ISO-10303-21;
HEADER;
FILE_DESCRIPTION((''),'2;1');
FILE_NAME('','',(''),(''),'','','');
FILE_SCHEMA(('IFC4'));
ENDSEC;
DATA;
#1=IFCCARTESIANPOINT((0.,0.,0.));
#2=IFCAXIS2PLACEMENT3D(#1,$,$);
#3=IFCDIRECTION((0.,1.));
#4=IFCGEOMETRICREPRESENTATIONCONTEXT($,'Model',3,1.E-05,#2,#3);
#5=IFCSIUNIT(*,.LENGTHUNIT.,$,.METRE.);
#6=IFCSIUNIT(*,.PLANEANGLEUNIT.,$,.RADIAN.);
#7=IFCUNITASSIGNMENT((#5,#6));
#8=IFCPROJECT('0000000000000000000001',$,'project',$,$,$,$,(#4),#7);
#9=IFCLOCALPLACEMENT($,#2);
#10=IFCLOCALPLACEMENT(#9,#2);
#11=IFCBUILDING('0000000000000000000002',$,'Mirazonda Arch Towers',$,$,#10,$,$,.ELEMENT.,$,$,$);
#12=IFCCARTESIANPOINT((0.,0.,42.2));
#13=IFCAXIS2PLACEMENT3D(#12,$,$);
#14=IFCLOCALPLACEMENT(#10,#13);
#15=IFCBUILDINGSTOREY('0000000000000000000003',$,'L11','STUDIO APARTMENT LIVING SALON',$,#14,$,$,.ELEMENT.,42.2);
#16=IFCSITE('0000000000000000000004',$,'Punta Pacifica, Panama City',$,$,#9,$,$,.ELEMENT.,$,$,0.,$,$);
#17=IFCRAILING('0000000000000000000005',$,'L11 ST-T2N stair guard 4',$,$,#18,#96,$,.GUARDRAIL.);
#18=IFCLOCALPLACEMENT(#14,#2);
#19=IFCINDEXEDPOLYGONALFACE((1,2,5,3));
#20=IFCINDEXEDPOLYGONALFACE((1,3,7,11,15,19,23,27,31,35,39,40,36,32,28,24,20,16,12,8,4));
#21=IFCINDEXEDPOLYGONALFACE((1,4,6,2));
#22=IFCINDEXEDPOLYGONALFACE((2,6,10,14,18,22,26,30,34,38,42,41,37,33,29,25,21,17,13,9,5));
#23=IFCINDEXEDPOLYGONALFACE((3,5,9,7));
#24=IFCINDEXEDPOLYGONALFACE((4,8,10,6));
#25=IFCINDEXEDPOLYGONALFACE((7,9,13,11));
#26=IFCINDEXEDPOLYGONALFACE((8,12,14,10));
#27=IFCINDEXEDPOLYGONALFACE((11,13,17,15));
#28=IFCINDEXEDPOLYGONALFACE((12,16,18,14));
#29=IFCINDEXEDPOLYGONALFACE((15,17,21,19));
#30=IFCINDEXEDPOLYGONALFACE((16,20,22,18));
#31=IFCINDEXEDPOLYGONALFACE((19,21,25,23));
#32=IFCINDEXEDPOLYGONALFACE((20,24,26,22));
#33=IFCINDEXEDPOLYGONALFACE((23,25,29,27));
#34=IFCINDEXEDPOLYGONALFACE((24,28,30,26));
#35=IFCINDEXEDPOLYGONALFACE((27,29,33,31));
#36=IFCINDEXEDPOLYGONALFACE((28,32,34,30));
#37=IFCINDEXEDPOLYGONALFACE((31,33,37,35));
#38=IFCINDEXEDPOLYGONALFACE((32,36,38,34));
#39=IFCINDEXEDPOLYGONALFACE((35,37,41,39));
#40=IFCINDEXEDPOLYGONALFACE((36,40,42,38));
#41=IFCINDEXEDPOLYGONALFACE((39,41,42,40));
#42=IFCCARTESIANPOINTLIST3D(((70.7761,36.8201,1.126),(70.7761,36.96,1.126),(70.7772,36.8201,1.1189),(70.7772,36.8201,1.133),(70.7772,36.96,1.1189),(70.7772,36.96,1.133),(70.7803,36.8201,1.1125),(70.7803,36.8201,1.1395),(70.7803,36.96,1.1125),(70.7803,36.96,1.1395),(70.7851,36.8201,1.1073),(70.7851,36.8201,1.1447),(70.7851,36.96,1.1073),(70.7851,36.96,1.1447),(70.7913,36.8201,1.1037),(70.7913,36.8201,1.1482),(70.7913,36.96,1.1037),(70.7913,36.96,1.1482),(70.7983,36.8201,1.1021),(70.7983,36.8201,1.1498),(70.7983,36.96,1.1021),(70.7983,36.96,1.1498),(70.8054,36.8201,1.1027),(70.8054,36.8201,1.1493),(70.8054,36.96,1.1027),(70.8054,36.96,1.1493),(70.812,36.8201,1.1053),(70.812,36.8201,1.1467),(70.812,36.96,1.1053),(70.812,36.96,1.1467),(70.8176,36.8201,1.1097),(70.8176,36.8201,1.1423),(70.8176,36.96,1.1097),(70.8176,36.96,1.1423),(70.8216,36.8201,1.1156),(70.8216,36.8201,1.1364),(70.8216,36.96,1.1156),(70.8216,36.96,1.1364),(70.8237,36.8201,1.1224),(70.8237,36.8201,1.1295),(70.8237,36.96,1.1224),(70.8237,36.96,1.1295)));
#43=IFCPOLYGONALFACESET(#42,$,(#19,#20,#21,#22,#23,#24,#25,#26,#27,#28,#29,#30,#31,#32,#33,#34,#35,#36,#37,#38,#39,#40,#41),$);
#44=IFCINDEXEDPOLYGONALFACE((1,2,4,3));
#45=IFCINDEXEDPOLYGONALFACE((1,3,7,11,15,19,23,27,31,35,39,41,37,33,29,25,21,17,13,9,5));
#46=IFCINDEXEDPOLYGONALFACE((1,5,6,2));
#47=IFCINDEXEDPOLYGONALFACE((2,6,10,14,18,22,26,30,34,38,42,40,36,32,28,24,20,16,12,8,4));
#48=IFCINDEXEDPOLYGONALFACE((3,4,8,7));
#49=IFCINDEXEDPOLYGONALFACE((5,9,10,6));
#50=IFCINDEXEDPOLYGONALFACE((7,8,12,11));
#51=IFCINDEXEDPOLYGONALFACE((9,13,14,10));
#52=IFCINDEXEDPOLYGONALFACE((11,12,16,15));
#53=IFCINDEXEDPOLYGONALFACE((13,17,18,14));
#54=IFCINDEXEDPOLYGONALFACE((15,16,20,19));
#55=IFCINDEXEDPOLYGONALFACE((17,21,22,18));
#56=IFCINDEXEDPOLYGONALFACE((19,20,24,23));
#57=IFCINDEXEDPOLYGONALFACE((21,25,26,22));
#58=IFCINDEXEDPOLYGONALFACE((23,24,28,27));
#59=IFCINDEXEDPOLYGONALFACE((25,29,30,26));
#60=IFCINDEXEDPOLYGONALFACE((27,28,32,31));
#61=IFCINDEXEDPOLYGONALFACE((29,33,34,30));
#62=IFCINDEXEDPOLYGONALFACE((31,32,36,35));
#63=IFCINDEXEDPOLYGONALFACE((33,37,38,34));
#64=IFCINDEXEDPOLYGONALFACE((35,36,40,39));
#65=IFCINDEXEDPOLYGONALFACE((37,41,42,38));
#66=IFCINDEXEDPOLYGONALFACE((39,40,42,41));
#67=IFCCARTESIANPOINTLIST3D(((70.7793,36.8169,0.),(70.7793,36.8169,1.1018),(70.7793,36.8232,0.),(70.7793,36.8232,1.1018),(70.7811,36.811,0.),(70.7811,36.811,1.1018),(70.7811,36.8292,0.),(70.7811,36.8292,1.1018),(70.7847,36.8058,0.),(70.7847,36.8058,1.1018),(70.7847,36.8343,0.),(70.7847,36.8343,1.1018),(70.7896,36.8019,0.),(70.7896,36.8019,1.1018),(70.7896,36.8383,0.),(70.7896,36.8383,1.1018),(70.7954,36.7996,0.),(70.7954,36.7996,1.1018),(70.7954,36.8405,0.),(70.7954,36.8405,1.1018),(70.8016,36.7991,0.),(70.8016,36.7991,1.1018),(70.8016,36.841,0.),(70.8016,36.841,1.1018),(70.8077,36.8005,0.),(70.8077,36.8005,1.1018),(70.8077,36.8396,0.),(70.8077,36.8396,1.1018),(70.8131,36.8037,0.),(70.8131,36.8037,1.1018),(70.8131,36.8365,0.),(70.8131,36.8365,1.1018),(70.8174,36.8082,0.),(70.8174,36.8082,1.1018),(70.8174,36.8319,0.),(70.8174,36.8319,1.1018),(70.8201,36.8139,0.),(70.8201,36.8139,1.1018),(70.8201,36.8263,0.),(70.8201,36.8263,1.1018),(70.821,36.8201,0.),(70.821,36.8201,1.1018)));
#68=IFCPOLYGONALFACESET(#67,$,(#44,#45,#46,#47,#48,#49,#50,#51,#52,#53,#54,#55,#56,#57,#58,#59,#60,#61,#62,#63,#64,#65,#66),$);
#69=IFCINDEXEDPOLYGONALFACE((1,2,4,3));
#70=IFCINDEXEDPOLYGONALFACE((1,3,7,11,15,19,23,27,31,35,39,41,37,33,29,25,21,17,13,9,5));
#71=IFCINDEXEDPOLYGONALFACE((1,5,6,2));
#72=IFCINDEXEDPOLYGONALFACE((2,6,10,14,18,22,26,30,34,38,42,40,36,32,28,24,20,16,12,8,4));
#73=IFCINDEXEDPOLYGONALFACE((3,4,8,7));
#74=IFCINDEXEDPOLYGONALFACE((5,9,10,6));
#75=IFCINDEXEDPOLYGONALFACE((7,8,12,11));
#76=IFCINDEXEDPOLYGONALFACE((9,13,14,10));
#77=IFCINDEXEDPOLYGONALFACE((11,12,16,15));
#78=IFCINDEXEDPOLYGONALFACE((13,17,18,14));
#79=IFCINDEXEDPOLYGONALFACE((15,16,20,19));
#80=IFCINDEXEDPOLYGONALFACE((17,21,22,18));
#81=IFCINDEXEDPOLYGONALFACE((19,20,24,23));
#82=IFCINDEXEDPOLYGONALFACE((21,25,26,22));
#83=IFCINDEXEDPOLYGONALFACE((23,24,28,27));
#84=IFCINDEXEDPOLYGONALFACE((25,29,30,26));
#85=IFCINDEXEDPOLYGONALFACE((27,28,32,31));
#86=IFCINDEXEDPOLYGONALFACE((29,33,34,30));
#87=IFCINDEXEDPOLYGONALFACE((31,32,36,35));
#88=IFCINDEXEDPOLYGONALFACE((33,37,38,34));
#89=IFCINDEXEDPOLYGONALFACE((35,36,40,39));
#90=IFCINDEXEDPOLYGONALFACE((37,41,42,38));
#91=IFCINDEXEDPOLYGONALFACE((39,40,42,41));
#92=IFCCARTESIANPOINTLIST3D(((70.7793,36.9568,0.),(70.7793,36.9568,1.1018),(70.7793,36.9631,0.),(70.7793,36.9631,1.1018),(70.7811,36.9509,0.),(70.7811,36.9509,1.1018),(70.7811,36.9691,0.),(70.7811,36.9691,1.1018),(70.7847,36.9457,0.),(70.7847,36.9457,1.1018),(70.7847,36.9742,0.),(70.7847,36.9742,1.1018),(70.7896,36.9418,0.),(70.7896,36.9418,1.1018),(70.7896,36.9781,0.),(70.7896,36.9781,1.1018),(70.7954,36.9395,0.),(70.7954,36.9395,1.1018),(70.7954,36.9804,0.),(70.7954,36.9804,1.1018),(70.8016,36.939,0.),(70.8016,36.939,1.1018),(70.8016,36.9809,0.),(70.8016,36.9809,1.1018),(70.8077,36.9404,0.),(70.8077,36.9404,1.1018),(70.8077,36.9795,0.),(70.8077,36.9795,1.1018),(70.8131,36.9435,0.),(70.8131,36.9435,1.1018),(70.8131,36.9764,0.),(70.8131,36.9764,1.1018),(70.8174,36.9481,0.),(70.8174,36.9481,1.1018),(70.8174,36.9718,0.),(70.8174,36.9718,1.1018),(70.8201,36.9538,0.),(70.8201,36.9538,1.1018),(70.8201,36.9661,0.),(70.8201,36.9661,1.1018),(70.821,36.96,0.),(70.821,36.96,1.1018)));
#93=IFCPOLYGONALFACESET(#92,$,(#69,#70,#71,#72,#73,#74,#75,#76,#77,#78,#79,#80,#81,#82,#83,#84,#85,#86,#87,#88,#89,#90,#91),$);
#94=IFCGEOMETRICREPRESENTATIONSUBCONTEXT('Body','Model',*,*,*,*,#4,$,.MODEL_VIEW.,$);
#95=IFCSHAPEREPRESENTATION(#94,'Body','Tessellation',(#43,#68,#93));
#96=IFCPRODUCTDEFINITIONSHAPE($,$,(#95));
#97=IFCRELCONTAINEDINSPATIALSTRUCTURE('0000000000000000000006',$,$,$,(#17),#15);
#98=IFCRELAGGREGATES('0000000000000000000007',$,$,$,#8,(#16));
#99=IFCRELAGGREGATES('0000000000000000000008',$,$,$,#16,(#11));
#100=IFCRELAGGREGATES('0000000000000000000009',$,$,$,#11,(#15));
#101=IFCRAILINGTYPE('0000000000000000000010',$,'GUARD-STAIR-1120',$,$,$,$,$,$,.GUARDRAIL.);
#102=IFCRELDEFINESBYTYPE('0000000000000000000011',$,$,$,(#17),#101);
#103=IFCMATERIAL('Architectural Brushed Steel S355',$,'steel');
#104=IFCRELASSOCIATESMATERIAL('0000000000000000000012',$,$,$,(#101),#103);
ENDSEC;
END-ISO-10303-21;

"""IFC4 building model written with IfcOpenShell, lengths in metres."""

from ifc_helpers import new_model, si_unit, direction, frame, origin, origin_2d, place, context, subcontext, project, spatial, circle, extrude, material, type_object, element, save


model = new_model("IFC4")

# Units and contexts
model_context = context("Model", 3, precision=1e-05, world=origin(), true_north=direction((0.0, 1.0)))
body_context = subcontext(model_context, "Body", "Model", "MODEL_VIEW")
ifc_project = project(units=[si_unit("LENGTHUNIT", "METRE"), si_unit("PLANEANGLEUNIT", "RADIAN")], contexts=[model_context])

# Site, building, storey
site_placement = place(None, origin())
site = spatial("IfcSite", under=ifc_project, at=site_placement, Name="Punta Pacifica, Panama City", CompositionType="ELEMENT", RefElevation=0.0)
building_placement = place(site_placement, origin())
building = spatial("IfcBuilding", under=site, at=building_placement, Name="Mirazonda Arch Towers", CompositionType="ELEMENT")
storey_placement = place(building_placement, frame((0.0, 0.0, 42.2)))
storey = spatial("IfcBuildingStorey", under=building, at=storey_placement, Name="L11", Description="STUDIO APARTMENT LIVING SALON", CompositionType="ELEMENT", Elevation=42.2)

# Railing
ifc_material_1 = material(Name="Architectural Brushed Steel S355", Category="steel")
railing_type = type_object("IfcRailingType", Name="GUARD-STAIR-1120", PredefinedType="GUARDRAIL", material=ifc_material_1)
railing_1_placement = place(storey_placement, frame((70.8, 36.8201, 0.0)))
element("IfcRailing", 1, at=railing_1_placement, inside=storey, type_object=railing_type, Name="L11 ST-T2N stair guard 4", PredefinedType="GUARDRAIL", context=body_context, shape_type="SweptSolid", body=[
    extrude(circle(Radius=0.0239, at=origin_2d()), frame((0.0, 0.0, 1.126), z_axis=(0.0, 1.0, 0.0), x_axis=(-1.0, 0.0, 0.0)), (0.0, 0.0, 1.0), 0.1399),
    extrude(circle(Radius=0.021, at=origin_2d()), origin(), (0.0, 0.0, 1.0), 1.1018),
    extrude(circle(Radius=0.021, at=origin_2d()), frame((0.0, 0.1399, 0.0)), (0.0, 0.0, 1.0), 1.1018),
])

save(model, "model.ifc")
